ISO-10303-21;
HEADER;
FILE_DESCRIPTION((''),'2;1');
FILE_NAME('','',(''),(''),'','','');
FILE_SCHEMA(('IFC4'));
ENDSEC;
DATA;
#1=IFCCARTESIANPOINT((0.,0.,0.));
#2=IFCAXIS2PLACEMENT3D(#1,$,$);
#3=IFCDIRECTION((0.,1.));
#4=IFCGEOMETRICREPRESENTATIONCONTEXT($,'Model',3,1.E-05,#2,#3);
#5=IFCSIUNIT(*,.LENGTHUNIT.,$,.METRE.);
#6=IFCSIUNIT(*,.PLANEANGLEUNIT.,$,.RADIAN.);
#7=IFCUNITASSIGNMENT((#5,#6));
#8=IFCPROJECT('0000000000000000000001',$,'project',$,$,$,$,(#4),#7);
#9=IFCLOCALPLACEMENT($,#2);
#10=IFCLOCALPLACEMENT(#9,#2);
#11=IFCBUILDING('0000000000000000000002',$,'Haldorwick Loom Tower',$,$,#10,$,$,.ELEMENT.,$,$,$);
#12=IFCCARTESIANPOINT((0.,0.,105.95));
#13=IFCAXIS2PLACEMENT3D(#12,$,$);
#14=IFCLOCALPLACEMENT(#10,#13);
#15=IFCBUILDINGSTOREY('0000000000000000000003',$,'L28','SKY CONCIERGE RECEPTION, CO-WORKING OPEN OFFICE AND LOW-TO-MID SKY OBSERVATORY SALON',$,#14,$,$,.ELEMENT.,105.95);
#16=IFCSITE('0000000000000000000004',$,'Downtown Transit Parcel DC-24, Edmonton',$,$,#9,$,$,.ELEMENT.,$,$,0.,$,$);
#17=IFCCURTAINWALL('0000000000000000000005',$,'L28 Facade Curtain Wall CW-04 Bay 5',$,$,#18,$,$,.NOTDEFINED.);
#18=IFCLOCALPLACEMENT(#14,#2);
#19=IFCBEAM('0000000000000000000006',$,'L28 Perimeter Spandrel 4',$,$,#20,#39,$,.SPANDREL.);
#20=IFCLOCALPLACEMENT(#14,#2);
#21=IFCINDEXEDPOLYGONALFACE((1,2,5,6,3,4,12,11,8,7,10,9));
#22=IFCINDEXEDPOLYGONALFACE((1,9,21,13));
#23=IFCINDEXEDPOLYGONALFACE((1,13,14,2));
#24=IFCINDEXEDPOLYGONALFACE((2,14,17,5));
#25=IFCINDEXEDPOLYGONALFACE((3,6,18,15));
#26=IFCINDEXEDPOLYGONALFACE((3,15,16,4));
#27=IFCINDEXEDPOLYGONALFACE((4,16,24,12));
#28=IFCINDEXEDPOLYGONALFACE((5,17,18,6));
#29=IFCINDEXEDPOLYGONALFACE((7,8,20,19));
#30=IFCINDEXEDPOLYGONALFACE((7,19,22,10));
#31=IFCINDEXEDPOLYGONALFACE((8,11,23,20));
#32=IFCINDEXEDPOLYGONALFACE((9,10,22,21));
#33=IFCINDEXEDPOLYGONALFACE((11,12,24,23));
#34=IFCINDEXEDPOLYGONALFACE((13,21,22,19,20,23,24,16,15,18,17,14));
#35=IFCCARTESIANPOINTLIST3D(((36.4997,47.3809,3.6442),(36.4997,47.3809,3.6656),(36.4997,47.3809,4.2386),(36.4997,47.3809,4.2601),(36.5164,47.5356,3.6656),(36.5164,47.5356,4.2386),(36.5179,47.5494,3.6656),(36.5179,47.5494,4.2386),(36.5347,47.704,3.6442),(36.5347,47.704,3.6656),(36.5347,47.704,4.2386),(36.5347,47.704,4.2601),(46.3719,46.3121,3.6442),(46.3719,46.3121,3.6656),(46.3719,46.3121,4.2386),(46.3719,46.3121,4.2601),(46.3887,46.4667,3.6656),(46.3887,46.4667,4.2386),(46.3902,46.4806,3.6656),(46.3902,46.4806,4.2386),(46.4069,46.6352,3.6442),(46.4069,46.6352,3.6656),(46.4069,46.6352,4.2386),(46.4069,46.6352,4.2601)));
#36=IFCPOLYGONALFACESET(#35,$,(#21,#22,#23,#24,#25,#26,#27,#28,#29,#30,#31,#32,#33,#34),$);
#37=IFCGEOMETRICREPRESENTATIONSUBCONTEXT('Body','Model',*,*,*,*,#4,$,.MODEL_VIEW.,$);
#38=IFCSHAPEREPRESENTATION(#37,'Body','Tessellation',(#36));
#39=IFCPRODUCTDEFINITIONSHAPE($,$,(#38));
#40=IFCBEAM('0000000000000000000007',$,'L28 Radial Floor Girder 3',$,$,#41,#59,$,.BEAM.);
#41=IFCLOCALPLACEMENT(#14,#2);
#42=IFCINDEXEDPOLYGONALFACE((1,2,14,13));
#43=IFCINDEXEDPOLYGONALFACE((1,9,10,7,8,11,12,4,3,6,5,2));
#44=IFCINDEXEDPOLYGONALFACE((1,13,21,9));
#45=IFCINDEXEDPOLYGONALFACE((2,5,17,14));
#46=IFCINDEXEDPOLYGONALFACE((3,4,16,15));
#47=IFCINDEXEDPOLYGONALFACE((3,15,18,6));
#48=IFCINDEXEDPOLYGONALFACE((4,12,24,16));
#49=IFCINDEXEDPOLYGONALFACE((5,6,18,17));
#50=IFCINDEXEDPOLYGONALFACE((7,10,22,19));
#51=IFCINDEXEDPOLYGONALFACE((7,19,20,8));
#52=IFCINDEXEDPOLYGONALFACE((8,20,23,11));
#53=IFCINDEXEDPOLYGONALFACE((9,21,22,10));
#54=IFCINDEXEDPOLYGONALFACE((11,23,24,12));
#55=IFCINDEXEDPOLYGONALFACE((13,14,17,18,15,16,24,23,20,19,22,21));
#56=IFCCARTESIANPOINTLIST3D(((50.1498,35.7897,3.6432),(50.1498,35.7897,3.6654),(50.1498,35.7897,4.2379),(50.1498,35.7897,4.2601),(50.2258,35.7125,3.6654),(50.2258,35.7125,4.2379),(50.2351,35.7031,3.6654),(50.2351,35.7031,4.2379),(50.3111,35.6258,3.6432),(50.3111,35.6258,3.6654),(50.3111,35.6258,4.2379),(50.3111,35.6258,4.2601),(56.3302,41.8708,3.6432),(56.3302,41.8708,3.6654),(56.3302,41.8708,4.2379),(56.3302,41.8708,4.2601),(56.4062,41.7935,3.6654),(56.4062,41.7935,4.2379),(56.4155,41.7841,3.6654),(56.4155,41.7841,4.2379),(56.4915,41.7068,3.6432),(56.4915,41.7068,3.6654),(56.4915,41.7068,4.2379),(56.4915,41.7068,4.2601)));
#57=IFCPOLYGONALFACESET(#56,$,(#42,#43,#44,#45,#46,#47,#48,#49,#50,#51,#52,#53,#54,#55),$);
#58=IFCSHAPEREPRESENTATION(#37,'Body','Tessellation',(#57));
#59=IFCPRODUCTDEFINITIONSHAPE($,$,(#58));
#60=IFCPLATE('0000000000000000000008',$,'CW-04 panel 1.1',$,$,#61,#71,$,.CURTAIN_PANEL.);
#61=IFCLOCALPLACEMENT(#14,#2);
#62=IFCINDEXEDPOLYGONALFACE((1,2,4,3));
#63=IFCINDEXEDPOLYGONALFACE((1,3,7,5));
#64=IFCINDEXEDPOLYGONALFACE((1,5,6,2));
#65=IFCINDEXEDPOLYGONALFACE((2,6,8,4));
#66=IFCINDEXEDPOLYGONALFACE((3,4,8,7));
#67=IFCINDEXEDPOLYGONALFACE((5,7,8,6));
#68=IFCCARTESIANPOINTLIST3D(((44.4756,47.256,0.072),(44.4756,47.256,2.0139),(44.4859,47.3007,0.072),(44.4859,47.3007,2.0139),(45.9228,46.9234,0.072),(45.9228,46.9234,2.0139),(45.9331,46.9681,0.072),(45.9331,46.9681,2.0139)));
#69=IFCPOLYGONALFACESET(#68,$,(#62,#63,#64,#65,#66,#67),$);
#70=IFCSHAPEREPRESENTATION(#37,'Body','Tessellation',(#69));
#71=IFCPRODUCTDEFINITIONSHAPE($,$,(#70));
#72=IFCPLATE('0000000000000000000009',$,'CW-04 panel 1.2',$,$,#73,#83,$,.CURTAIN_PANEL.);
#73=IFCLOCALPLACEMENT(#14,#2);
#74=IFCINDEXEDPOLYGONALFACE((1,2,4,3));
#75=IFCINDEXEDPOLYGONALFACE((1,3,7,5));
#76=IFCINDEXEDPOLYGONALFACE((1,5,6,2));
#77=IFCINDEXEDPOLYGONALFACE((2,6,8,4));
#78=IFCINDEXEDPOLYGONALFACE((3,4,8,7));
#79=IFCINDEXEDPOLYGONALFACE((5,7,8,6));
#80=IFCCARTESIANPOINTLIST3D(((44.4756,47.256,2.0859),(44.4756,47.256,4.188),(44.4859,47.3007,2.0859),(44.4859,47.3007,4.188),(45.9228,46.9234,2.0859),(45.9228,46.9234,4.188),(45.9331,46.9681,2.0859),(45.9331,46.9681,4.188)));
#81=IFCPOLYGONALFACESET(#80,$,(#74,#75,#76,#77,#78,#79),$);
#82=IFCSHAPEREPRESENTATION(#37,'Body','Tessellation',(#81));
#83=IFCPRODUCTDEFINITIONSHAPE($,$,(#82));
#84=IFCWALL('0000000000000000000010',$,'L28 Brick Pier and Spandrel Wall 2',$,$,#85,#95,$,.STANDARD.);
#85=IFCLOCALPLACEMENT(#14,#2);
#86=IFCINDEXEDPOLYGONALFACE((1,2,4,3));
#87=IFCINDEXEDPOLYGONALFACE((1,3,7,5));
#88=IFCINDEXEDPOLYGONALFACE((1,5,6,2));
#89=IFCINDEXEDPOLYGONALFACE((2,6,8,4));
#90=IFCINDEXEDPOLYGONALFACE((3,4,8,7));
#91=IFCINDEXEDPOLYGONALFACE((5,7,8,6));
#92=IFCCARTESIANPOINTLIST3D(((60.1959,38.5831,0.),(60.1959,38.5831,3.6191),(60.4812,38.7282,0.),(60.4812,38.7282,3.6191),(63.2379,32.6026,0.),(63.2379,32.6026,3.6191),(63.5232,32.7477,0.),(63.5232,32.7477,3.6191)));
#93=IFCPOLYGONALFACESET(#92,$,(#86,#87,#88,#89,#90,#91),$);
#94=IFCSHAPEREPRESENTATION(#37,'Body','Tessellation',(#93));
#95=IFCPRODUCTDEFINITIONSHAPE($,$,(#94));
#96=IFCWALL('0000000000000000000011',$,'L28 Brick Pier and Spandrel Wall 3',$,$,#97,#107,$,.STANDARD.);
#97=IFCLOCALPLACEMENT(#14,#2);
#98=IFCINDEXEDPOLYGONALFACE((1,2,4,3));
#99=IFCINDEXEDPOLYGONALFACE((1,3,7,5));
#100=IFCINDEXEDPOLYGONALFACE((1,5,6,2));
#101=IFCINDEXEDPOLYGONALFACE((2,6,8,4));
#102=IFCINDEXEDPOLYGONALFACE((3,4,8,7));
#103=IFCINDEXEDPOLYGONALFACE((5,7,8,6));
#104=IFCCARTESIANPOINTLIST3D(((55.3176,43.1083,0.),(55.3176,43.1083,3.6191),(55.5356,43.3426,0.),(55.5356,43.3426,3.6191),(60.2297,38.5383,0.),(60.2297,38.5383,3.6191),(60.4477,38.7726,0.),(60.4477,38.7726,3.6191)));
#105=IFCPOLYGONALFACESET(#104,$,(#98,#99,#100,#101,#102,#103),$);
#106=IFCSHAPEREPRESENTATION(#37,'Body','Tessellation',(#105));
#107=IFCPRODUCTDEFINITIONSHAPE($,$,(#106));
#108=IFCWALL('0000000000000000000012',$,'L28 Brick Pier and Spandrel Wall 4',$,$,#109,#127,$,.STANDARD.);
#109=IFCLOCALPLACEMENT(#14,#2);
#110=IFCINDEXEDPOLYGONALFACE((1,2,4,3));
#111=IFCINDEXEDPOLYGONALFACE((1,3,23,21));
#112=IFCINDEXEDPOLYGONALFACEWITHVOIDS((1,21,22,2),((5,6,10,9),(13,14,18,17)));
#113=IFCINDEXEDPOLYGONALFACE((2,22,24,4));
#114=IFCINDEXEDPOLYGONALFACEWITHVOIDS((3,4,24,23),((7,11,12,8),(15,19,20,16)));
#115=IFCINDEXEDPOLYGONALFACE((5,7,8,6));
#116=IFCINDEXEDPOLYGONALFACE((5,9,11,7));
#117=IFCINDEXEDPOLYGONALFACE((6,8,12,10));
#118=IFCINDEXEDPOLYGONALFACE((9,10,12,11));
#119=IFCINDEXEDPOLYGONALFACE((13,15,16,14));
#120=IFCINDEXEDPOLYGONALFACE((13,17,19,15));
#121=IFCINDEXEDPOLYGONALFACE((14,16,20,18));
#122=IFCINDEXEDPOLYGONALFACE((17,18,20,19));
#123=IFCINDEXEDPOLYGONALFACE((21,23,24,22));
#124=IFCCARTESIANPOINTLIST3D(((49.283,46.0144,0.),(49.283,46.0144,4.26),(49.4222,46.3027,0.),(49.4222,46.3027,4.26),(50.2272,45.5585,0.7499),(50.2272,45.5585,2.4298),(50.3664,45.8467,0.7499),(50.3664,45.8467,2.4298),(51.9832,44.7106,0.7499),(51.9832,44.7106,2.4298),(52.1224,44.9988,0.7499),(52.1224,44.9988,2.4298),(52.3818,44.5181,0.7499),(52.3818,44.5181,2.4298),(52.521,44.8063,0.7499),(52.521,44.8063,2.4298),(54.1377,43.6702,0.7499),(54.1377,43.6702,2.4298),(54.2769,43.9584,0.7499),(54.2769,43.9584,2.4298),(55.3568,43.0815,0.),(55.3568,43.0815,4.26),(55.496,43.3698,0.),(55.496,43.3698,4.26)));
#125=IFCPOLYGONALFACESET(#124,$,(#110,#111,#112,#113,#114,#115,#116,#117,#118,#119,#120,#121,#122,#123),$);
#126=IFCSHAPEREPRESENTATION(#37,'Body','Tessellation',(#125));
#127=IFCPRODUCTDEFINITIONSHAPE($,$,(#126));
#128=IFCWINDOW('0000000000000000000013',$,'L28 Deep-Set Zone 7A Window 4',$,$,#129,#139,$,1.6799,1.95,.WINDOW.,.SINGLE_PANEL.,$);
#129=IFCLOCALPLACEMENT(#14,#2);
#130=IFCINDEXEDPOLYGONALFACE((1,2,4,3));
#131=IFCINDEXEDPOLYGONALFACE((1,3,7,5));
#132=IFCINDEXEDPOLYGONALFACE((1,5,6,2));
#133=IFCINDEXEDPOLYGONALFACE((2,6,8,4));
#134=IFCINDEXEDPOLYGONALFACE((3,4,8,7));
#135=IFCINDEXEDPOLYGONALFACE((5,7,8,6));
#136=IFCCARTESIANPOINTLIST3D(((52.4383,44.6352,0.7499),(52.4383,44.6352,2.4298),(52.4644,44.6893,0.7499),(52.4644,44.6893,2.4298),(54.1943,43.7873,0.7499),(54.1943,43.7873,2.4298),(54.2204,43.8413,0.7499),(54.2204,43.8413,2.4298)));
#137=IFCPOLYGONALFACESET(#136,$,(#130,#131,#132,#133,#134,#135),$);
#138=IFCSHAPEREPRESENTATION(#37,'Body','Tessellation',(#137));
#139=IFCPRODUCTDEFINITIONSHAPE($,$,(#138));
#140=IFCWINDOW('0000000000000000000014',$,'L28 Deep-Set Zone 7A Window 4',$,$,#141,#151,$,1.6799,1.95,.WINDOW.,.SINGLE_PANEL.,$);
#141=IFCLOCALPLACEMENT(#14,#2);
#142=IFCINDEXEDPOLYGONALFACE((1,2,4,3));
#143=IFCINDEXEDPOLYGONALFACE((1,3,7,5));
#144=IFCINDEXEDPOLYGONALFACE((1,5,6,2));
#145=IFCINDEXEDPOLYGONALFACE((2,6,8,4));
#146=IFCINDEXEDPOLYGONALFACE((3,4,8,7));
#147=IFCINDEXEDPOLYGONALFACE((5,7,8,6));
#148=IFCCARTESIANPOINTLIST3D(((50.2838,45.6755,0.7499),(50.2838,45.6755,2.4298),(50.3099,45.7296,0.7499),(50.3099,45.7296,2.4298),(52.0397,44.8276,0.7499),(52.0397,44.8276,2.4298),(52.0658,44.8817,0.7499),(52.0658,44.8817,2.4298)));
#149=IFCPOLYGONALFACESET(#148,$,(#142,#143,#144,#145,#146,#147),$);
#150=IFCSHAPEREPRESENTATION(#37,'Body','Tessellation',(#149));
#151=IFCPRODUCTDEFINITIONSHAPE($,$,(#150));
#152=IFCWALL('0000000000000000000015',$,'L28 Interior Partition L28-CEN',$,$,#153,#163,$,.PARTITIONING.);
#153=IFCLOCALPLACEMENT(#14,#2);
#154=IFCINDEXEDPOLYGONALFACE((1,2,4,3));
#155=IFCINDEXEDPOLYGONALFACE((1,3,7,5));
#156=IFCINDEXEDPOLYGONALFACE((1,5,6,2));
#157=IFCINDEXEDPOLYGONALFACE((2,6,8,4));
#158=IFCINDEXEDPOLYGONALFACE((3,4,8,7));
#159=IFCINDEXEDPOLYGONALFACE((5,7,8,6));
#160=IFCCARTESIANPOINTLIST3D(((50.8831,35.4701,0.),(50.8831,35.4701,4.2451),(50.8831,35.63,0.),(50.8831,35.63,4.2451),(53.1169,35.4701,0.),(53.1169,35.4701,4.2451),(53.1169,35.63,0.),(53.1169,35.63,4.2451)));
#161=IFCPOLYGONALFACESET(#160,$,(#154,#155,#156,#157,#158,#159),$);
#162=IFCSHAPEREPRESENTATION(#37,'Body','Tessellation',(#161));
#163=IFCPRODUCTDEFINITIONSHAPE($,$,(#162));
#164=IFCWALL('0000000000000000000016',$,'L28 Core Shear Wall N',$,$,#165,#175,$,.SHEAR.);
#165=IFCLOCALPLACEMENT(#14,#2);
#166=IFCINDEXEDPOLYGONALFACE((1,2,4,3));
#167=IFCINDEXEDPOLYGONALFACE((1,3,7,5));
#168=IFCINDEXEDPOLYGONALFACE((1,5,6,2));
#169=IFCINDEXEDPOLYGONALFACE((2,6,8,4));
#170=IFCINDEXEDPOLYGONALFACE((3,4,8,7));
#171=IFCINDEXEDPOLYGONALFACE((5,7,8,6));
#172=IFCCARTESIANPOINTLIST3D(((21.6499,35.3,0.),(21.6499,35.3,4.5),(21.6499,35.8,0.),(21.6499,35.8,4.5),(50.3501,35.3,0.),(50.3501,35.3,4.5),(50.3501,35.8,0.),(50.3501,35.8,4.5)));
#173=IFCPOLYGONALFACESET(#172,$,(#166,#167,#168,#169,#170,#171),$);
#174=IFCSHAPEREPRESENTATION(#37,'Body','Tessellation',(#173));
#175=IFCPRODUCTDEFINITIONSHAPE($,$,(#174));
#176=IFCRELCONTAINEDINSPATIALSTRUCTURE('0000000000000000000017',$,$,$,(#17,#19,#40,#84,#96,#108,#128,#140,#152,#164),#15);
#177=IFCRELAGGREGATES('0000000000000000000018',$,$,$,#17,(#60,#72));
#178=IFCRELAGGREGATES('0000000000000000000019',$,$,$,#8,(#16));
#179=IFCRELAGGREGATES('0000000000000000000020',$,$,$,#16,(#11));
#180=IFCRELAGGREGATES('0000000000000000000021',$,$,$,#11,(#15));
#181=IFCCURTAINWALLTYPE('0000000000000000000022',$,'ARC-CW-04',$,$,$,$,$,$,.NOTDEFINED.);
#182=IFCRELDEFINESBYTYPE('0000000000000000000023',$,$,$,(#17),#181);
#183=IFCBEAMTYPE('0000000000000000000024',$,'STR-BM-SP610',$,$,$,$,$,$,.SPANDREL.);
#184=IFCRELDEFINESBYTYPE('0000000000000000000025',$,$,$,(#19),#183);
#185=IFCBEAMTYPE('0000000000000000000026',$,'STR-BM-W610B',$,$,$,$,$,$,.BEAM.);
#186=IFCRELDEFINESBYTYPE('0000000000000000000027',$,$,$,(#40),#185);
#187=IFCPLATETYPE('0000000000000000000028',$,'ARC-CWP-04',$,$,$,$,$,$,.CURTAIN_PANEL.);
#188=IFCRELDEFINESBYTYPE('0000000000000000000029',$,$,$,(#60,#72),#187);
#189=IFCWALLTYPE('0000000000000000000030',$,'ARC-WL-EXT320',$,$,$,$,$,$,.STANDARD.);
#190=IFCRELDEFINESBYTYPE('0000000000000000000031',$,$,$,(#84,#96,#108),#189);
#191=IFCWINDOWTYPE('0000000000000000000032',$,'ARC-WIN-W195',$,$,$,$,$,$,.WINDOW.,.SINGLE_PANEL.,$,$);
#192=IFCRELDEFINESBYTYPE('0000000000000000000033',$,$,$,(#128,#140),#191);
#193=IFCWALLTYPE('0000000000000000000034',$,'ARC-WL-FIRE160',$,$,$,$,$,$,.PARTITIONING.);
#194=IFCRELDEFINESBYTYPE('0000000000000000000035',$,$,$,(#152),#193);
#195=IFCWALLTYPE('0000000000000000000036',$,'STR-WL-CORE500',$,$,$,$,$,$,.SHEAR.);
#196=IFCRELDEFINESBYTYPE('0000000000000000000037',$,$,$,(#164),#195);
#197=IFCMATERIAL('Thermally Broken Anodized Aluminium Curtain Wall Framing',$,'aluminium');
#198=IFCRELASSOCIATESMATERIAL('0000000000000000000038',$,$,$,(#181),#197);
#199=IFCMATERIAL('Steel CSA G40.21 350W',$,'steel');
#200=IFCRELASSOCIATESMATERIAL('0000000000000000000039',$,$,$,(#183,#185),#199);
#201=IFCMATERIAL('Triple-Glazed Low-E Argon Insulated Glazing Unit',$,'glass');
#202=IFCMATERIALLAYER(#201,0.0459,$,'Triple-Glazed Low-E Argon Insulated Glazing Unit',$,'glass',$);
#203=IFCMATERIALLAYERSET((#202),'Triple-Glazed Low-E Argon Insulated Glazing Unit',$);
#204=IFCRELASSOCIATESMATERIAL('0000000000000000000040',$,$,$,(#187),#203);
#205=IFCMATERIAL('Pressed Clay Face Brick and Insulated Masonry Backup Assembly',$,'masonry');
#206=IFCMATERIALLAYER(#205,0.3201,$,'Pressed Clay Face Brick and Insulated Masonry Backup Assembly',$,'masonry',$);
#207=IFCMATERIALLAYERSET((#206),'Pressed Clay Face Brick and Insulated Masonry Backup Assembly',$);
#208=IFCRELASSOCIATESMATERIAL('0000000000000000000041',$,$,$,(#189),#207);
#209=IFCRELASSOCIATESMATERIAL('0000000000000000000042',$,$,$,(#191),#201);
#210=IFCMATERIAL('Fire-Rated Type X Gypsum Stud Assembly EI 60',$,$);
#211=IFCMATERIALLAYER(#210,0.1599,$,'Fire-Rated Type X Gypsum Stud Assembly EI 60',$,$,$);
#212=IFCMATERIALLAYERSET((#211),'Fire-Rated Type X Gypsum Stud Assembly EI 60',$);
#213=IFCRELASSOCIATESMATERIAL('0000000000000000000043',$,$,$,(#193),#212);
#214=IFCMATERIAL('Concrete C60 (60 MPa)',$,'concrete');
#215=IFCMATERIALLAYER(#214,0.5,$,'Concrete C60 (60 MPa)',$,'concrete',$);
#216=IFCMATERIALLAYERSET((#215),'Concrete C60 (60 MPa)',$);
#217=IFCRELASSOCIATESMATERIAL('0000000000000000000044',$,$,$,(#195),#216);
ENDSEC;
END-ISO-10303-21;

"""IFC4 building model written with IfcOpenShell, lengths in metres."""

from ifc_helpers import new_model, si_unit, direction, frame, frame_2d, origin, origin_2d, place, context, subcontext, project, spatial, rectangle, i_section, extrude, material, layer, layer_set, material_profile, profile_set, type_object, element, fill, aggregate, save


model = new_model("IFC4")

# Units and contexts
model_context = context("Model", 3, precision=1e-05, world=origin(), true_north=direction((0.0, 1.0)))
body_context = subcontext(model_context, "Body", "Model", "MODEL_VIEW")
ifc_project = project(units=[si_unit("LENGTHUNIT", "METRE"), si_unit("PLANEANGLEUNIT", "RADIAN")], contexts=[model_context])

# Site, building, storey
site_placement = place(None, origin())
site = spatial("IfcSite", under=ifc_project, at=site_placement, Name="Downtown Transit Parcel DC-24, Edmonton", CompositionType="ELEMENT", RefElevation=0.0)
building_placement = place(site_placement, origin())
building = spatial("IfcBuilding", under=site, at=building_placement, Name="Haldorwick Loom Tower", CompositionType="ELEMENT")
storey_placement = place(building_placement, frame((0.0, 0.0, 105.95)))
storey = spatial("IfcBuildingStorey", under=building, at=storey_placement, Name="L28", Description="SKY CONCIERGE RECEPTION, CO-WORKING OPEN OFFICE AND LOW-TO-MID SKY OBSERVATORY SALON", CompositionType="ELEMENT", Elevation=105.95)

# Shared definitions
ifc_material_1 = material(Name="Concrete C60 (60 MPa)", Category="concrete")

# Curtain wall
ifc_material_2 = material(Name="Thermally Broken Anodized Aluminium Curtain Wall Framing", Category="aluminium")
curtain_wall_type = type_object("IfcCurtainWallType", Name="ARC-CW-04", PredefinedType="NOTDEFINED", material=ifc_material_2)
curtain_wall_placement = place(storey_placement, origin())
curtain_wall = element("IfcCurtainWall", 1, at=curtain_wall_placement, inside=storey, type_object=curtain_wall_type, Name="L28 Facade Curtain Wall CW-04 Bay 5", PredefinedType="NOTDEFINED")

# Beams
ifc_material_3 = material(Name="Steel CSA G40.21 350W", Category="steel")
ifc_material_profile_1 = material_profile(ifc_material_3, i_section(OverallWidth=0.325, OverallDepth=0.616, WebThickness=0.0139, FlangeThickness=0.0215, at=origin_2d()), Name="W610X174", Category="steel")
ifc_profile_set_1 = profile_set([ifc_material_profile_1], Name="Steel CSA G40.21 350W")
beam_type_1 = type_object("IfcBeamType", Name="STR-BM-SP610", PredefinedType="SPANDREL", material=ifc_profile_set_1)
beam_1_placement = place(storey_placement, frame((46.3894, 46.4736, 3.9521), z_axis=(-0.99419, 0.107638, 0.0), x_axis=(-0.107638, -0.99419, 0.0)))
element("IfcBeam", 2, at=beam_1_placement, inside=storey, type_object=beam_type_1, Name="L28 Perimeter Spandrel 4", PredefinedType="SPANDREL", context=body_context, shape_type="SweptSolid", body=[
    extrude(i_section(OverallWidth=0.325, OverallDepth=0.616, WebThickness=0.0139, FlangeThickness=0.0215, at=origin_2d()), origin(), (0.0, 0.0, 1.0), 9.9299),
])
ifc_material_profile_2 = material_profile(ifc_material_3, i_section(OverallWidth=0.23, OverallDepth=0.6169, WebThickness=0.0132, FlangeThickness=0.0222, at=origin_2d()), Name="W610X140", Category="steel")
ifc_profile_set_2 = profile_set([ifc_material_profile_2], Name="Steel CSA G40.21 350W")
beam_type_2 = type_object("IfcBeamType", Name="STR-BM-W610B", PredefinedType="BEAM", material=ifc_profile_set_2)
beam_2_placement = place(storey_placement, frame((50.2305, 35.7078, 3.9517), z_axis=(0.712814, 0.701353, 0.0), x_axis=(-0.701353, 0.712814, 0.0)))
element("IfcBeam", 3, at=beam_2_placement, inside=storey, type_object=beam_type_2, Name="L28 Radial Floor Girder 3", PredefinedType="BEAM", context=body_context, shape_type="SweptSolid", body=[
    extrude(i_section(OverallWidth=0.23, OverallDepth=0.6169, WebThickness=0.0132, FlangeThickness=0.0222, at=origin_2d()), origin(), (0.0, 0.0, 1.0), 8.6704),
])

# Plates
ifc_material_4 = material(Name="Triple-Glazed Low-E Argon Insulated Glazing Unit", Category="glass")
ifc_layer_1 = layer(ifc_material_4, 0.0459, Name="Triple-Glazed Low-E Argon Insulated Glazing Unit", Category="glass")
ifc_layer_set_1 = layer_set([ifc_layer_1], Name="Triple-Glazed Low-E Argon Insulated Glazing Unit")
plate_type = type_object("IfcPlateType", Name="ARC-CWP-04", PredefinedType="CURTAIN_PANEL", material=ifc_layer_set_1)
plate_1_placement = place(storey_placement, frame((45.2043, 47.1121, 0.072), z_axis=(0.0, 0.0, 1.0), x_axis=(-0.974593, 0.223981, 0.0)))
plate_1 = element("IfcPlate", 4, at=plate_1_placement, type_object=plate_type, Name="CW-04 panel 1.1", PredefinedType="CURTAIN_PANEL", context=body_context, shape_type="SweptSolid", body=[
    extrude(rectangle(XDim=1.4849, YDim=0.0459, at=origin_2d()), origin(), (0.0, 0.0, 1.0), 1.9419),
])
plate_2_placement = place(storey_placement, frame((45.2043, 47.1121, 2.0859), z_axis=(0.0, 0.0, 1.0), x_axis=(-0.974593, 0.223981, 0.0)))
plate_2 = element("IfcPlate", 5, at=plate_2_placement, type_object=plate_type, Name="CW-04 panel 1.2", PredefinedType="CURTAIN_PANEL", context=body_context, shape_type="SweptSolid", body=[
    extrude(rectangle(XDim=1.4849, YDim=0.0459, at=origin_2d()), origin(), (0.0, 0.0, 1.0), 2.1021),
])
aggregate(curtain_wall, [plate_1, plate_2])

# Walls
ifc_material_5 = material(Name="Pressed Clay Face Brick and Insulated Masonry Backup Assembly", Category="masonry")
ifc_layer_2 = layer(ifc_material_5, 0.3201, Name="Pressed Clay Face Brick and Insulated Masonry Backup Assembly", Category="masonry")
ifc_layer_set_2 = layer_set([ifc_layer_2], Name="Pressed Clay Face Brick and Insulated Masonry Backup Assembly")
wall_type_1 = type_object("IfcWallType", Name="ARC-WL-EXT320", PredefinedType="STANDARD", material=ifc_layer_set_2)
wall_1_placement = place(storey_placement, frame((63.3806, 32.675, 0.0), z_axis=(0.0, 0.0, 1.0), x_axis=(-0.453374, 0.89132, 0.0)))
element("IfcWall", 6, at=wall_1_placement, inside=storey, type_object=wall_type_1, Name="L28 Brick Pier and Spandrel Wall 2", PredefinedType="STANDARD", context=body_context, shape_type="SweptSolid", body=[
    extrude(rectangle(XDim=6.7097, YDim=0.3201, at=frame_2d((3.355, 0.0))), origin(), (0.0, 0.0, 1.0), 3.6191),
])
wall_2_placement = place(storey_placement, frame((60.3386, 38.6555, 0.0), z_axis=(0.0, 0.0, 1.0), x_axis=(-0.732137, 0.681157, 0.0)))
element("IfcWall", 7, at=wall_2_placement, inside=storey, type_object=wall_type_1, Name="L28 Brick Pier and Spandrel Wall 3", PredefinedType="STANDARD", context=body_context, shape_type="SweptSolid", body=[
    extrude(rectangle(XDim=6.7092, YDim=0.3201, at=frame_2d((3.3545, 0.0))), origin(), (0.0, 0.0, 1.0), 3.6191),
])

# Wall, openings, windows
wall_3_placement = place(storey_placement, frame((55.4265, 43.2256, 0.0), z_axis=(0.0, 0.0, 1.0), x_axis=(-0.90051, 0.434835, 0.0)))
wall_3 = element("IfcWall", 8, at=wall_3_placement, inside=storey, type_object=wall_type_1, Name="L28 Brick Pier and Spandrel Wall 4", PredefinedType="STANDARD", context=body_context, shape_type="SweptSolid", body=[
    extrude(rectangle(XDim=6.7449, YDim=0.3201, at=frame_2d((3.3726, 0.0))), origin(), (0.0, 0.0, 1.0), 4.26),
])
opening_1_placement = place(wall_3_placement, frame((1.3538, 0.0, 0.75)))
opening_1 = element("IfcOpeningElement", 9, at=opening_1_placement, cuts=wall_3, PredefinedType="OPENING", context=body_context, shape_type="SweptSolid", body=[
    extrude(rectangle(XDim=1.95, YDim=1.6799, at=frame_2d((0.9751, 0.8398))), frame((0.0, 0.1699, 0.0), z_axis=(0.0, -1.0, 0.0), x_axis=(1.0, 0.0, 0.0)), (0.0, 0.0, 1.0), 0.3401),
])
opening_2_placement = place(wall_3_placement, frame((3.7463, 0.0, 0.75)))
opening_2 = element("IfcOpeningElement", 10, at=opening_2_placement, cuts=wall_3, PredefinedType="OPENING", context=body_context, shape_type="SweptSolid", body=[
    extrude(rectangle(XDim=1.95, YDim=1.6799, at=frame_2d((0.9751, 0.8398))), frame((0.0, 0.1699, 0.0), z_axis=(0.0, -1.0, 0.0), x_axis=(1.0, 0.0, 0.0)), (0.0, 0.0, 1.0), 0.3401),
])
window_type = type_object("IfcWindowType", Name="ARC-WIN-W195", PartitioningType="SINGLE_PANEL", PredefinedType="WINDOW", material=ifc_material_4)
window_1_placement = place(opening_1_placement, origin())
window_1 = element("IfcWindow", 11, at=window_1_placement, inside=storey, type_object=window_type, Name="L28 Deep-Set Zone 7A Window 4", OverallHeight=1.6799, OverallWidth=1.95, PartitioningType="SINGLE_PANEL", PredefinedType="WINDOW", context=body_context, shape_type="SweptSolid", body=[
    extrude(rectangle(XDim=1.95, YDim=1.6799, at=frame_2d((0.9751, 0.8398))), frame((0.0, 0.03, 0.0), z_axis=(0.0, -1.0, 0.0), x_axis=(1.0, 0.0, 0.0)), (0.0, 0.0, 1.0), 0.0601),
])
fill(opening_1, window_1)
window_2_placement = place(opening_2_placement, origin())
window_2 = element("IfcWindow", 12, at=window_2_placement, inside=storey, type_object=window_type, Name="L28 Deep-Set Zone 7A Window 4", OverallHeight=1.6799, OverallWidth=1.95, PartitioningType="SINGLE_PANEL", PredefinedType="WINDOW", context=body_context, shape_type="SweptSolid", body=[
    extrude(rectangle(XDim=1.95, YDim=1.6799, at=frame_2d((0.9751, 0.8398))), frame((0.0, 0.03, 0.0), z_axis=(0.0, -1.0, 0.0), x_axis=(1.0, 0.0, 0.0)), (0.0, 0.0, 1.0), 0.0601),
])
fill(opening_2, window_2)

# Walls
ifc_material_6 = material(Name="Fire-Rated Type X Gypsum Stud Assembly EI 60")
ifc_layer_3 = layer(ifc_material_6, 0.1599, Name="Fire-Rated Type X Gypsum Stud Assembly EI 60")
ifc_layer_set_3 = layer_set([ifc_layer_3], Name="Fire-Rated Type X Gypsum Stud Assembly EI 60")
wall_type_2 = type_object("IfcWallType", Name="ARC-WL-FIRE160", PredefinedType="PARTITIONING", material=ifc_layer_set_3)
wall_4_placement = place(storey_placement, frame((50.8831, 35.55, 0.0), z_axis=(0.0, 0.0, 1.0), x_axis=(1.0, 0.0, 0.0)))
element("IfcWall", 13, at=wall_4_placement, inside=storey, type_object=wall_type_2, Name="L28 Interior Partition L28-CEN", PredefinedType="PARTITIONING", context=body_context, shape_type="SweptSolid", body=[
    extrude(rectangle(XDim=2.2339, YDim=0.1599, at=frame_2d((1.1169, 0.0))), origin(), (0.0, 0.0, 1.0), 4.2451),
])
ifc_layer_4 = layer(ifc_material_1, 0.5, Name="Concrete C60 (60 MPa)", Category="concrete")
ifc_layer_set_4 = layer_set([ifc_layer_4], Name="Concrete C60 (60 MPa)")
wall_type_3 = type_object("IfcWallType", Name="STR-WL-CORE500", PredefinedType="SHEAR", material=ifc_layer_set_4)
wall_5_placement = place(storey_placement, frame((50.3501, 35.55, 0.0), z_axis=(0.0, 0.0, 1.0), x_axis=(-1.0, 0.0, 0.0)))
element("IfcWall", 14, at=wall_5_placement, inside=storey, type_object=wall_type_3, Name="L28 Core Shear Wall N", PredefinedType="SHEAR", context=body_context, shape_type="SweptSolid", body=[
    extrude(rectangle(XDim=28.7002, YDim=0.5, at=frame_2d((14.3501, 0.0))), origin(), (0.0, 0.0, 1.0), 4.5),
])

save(model, "model.ifc")
